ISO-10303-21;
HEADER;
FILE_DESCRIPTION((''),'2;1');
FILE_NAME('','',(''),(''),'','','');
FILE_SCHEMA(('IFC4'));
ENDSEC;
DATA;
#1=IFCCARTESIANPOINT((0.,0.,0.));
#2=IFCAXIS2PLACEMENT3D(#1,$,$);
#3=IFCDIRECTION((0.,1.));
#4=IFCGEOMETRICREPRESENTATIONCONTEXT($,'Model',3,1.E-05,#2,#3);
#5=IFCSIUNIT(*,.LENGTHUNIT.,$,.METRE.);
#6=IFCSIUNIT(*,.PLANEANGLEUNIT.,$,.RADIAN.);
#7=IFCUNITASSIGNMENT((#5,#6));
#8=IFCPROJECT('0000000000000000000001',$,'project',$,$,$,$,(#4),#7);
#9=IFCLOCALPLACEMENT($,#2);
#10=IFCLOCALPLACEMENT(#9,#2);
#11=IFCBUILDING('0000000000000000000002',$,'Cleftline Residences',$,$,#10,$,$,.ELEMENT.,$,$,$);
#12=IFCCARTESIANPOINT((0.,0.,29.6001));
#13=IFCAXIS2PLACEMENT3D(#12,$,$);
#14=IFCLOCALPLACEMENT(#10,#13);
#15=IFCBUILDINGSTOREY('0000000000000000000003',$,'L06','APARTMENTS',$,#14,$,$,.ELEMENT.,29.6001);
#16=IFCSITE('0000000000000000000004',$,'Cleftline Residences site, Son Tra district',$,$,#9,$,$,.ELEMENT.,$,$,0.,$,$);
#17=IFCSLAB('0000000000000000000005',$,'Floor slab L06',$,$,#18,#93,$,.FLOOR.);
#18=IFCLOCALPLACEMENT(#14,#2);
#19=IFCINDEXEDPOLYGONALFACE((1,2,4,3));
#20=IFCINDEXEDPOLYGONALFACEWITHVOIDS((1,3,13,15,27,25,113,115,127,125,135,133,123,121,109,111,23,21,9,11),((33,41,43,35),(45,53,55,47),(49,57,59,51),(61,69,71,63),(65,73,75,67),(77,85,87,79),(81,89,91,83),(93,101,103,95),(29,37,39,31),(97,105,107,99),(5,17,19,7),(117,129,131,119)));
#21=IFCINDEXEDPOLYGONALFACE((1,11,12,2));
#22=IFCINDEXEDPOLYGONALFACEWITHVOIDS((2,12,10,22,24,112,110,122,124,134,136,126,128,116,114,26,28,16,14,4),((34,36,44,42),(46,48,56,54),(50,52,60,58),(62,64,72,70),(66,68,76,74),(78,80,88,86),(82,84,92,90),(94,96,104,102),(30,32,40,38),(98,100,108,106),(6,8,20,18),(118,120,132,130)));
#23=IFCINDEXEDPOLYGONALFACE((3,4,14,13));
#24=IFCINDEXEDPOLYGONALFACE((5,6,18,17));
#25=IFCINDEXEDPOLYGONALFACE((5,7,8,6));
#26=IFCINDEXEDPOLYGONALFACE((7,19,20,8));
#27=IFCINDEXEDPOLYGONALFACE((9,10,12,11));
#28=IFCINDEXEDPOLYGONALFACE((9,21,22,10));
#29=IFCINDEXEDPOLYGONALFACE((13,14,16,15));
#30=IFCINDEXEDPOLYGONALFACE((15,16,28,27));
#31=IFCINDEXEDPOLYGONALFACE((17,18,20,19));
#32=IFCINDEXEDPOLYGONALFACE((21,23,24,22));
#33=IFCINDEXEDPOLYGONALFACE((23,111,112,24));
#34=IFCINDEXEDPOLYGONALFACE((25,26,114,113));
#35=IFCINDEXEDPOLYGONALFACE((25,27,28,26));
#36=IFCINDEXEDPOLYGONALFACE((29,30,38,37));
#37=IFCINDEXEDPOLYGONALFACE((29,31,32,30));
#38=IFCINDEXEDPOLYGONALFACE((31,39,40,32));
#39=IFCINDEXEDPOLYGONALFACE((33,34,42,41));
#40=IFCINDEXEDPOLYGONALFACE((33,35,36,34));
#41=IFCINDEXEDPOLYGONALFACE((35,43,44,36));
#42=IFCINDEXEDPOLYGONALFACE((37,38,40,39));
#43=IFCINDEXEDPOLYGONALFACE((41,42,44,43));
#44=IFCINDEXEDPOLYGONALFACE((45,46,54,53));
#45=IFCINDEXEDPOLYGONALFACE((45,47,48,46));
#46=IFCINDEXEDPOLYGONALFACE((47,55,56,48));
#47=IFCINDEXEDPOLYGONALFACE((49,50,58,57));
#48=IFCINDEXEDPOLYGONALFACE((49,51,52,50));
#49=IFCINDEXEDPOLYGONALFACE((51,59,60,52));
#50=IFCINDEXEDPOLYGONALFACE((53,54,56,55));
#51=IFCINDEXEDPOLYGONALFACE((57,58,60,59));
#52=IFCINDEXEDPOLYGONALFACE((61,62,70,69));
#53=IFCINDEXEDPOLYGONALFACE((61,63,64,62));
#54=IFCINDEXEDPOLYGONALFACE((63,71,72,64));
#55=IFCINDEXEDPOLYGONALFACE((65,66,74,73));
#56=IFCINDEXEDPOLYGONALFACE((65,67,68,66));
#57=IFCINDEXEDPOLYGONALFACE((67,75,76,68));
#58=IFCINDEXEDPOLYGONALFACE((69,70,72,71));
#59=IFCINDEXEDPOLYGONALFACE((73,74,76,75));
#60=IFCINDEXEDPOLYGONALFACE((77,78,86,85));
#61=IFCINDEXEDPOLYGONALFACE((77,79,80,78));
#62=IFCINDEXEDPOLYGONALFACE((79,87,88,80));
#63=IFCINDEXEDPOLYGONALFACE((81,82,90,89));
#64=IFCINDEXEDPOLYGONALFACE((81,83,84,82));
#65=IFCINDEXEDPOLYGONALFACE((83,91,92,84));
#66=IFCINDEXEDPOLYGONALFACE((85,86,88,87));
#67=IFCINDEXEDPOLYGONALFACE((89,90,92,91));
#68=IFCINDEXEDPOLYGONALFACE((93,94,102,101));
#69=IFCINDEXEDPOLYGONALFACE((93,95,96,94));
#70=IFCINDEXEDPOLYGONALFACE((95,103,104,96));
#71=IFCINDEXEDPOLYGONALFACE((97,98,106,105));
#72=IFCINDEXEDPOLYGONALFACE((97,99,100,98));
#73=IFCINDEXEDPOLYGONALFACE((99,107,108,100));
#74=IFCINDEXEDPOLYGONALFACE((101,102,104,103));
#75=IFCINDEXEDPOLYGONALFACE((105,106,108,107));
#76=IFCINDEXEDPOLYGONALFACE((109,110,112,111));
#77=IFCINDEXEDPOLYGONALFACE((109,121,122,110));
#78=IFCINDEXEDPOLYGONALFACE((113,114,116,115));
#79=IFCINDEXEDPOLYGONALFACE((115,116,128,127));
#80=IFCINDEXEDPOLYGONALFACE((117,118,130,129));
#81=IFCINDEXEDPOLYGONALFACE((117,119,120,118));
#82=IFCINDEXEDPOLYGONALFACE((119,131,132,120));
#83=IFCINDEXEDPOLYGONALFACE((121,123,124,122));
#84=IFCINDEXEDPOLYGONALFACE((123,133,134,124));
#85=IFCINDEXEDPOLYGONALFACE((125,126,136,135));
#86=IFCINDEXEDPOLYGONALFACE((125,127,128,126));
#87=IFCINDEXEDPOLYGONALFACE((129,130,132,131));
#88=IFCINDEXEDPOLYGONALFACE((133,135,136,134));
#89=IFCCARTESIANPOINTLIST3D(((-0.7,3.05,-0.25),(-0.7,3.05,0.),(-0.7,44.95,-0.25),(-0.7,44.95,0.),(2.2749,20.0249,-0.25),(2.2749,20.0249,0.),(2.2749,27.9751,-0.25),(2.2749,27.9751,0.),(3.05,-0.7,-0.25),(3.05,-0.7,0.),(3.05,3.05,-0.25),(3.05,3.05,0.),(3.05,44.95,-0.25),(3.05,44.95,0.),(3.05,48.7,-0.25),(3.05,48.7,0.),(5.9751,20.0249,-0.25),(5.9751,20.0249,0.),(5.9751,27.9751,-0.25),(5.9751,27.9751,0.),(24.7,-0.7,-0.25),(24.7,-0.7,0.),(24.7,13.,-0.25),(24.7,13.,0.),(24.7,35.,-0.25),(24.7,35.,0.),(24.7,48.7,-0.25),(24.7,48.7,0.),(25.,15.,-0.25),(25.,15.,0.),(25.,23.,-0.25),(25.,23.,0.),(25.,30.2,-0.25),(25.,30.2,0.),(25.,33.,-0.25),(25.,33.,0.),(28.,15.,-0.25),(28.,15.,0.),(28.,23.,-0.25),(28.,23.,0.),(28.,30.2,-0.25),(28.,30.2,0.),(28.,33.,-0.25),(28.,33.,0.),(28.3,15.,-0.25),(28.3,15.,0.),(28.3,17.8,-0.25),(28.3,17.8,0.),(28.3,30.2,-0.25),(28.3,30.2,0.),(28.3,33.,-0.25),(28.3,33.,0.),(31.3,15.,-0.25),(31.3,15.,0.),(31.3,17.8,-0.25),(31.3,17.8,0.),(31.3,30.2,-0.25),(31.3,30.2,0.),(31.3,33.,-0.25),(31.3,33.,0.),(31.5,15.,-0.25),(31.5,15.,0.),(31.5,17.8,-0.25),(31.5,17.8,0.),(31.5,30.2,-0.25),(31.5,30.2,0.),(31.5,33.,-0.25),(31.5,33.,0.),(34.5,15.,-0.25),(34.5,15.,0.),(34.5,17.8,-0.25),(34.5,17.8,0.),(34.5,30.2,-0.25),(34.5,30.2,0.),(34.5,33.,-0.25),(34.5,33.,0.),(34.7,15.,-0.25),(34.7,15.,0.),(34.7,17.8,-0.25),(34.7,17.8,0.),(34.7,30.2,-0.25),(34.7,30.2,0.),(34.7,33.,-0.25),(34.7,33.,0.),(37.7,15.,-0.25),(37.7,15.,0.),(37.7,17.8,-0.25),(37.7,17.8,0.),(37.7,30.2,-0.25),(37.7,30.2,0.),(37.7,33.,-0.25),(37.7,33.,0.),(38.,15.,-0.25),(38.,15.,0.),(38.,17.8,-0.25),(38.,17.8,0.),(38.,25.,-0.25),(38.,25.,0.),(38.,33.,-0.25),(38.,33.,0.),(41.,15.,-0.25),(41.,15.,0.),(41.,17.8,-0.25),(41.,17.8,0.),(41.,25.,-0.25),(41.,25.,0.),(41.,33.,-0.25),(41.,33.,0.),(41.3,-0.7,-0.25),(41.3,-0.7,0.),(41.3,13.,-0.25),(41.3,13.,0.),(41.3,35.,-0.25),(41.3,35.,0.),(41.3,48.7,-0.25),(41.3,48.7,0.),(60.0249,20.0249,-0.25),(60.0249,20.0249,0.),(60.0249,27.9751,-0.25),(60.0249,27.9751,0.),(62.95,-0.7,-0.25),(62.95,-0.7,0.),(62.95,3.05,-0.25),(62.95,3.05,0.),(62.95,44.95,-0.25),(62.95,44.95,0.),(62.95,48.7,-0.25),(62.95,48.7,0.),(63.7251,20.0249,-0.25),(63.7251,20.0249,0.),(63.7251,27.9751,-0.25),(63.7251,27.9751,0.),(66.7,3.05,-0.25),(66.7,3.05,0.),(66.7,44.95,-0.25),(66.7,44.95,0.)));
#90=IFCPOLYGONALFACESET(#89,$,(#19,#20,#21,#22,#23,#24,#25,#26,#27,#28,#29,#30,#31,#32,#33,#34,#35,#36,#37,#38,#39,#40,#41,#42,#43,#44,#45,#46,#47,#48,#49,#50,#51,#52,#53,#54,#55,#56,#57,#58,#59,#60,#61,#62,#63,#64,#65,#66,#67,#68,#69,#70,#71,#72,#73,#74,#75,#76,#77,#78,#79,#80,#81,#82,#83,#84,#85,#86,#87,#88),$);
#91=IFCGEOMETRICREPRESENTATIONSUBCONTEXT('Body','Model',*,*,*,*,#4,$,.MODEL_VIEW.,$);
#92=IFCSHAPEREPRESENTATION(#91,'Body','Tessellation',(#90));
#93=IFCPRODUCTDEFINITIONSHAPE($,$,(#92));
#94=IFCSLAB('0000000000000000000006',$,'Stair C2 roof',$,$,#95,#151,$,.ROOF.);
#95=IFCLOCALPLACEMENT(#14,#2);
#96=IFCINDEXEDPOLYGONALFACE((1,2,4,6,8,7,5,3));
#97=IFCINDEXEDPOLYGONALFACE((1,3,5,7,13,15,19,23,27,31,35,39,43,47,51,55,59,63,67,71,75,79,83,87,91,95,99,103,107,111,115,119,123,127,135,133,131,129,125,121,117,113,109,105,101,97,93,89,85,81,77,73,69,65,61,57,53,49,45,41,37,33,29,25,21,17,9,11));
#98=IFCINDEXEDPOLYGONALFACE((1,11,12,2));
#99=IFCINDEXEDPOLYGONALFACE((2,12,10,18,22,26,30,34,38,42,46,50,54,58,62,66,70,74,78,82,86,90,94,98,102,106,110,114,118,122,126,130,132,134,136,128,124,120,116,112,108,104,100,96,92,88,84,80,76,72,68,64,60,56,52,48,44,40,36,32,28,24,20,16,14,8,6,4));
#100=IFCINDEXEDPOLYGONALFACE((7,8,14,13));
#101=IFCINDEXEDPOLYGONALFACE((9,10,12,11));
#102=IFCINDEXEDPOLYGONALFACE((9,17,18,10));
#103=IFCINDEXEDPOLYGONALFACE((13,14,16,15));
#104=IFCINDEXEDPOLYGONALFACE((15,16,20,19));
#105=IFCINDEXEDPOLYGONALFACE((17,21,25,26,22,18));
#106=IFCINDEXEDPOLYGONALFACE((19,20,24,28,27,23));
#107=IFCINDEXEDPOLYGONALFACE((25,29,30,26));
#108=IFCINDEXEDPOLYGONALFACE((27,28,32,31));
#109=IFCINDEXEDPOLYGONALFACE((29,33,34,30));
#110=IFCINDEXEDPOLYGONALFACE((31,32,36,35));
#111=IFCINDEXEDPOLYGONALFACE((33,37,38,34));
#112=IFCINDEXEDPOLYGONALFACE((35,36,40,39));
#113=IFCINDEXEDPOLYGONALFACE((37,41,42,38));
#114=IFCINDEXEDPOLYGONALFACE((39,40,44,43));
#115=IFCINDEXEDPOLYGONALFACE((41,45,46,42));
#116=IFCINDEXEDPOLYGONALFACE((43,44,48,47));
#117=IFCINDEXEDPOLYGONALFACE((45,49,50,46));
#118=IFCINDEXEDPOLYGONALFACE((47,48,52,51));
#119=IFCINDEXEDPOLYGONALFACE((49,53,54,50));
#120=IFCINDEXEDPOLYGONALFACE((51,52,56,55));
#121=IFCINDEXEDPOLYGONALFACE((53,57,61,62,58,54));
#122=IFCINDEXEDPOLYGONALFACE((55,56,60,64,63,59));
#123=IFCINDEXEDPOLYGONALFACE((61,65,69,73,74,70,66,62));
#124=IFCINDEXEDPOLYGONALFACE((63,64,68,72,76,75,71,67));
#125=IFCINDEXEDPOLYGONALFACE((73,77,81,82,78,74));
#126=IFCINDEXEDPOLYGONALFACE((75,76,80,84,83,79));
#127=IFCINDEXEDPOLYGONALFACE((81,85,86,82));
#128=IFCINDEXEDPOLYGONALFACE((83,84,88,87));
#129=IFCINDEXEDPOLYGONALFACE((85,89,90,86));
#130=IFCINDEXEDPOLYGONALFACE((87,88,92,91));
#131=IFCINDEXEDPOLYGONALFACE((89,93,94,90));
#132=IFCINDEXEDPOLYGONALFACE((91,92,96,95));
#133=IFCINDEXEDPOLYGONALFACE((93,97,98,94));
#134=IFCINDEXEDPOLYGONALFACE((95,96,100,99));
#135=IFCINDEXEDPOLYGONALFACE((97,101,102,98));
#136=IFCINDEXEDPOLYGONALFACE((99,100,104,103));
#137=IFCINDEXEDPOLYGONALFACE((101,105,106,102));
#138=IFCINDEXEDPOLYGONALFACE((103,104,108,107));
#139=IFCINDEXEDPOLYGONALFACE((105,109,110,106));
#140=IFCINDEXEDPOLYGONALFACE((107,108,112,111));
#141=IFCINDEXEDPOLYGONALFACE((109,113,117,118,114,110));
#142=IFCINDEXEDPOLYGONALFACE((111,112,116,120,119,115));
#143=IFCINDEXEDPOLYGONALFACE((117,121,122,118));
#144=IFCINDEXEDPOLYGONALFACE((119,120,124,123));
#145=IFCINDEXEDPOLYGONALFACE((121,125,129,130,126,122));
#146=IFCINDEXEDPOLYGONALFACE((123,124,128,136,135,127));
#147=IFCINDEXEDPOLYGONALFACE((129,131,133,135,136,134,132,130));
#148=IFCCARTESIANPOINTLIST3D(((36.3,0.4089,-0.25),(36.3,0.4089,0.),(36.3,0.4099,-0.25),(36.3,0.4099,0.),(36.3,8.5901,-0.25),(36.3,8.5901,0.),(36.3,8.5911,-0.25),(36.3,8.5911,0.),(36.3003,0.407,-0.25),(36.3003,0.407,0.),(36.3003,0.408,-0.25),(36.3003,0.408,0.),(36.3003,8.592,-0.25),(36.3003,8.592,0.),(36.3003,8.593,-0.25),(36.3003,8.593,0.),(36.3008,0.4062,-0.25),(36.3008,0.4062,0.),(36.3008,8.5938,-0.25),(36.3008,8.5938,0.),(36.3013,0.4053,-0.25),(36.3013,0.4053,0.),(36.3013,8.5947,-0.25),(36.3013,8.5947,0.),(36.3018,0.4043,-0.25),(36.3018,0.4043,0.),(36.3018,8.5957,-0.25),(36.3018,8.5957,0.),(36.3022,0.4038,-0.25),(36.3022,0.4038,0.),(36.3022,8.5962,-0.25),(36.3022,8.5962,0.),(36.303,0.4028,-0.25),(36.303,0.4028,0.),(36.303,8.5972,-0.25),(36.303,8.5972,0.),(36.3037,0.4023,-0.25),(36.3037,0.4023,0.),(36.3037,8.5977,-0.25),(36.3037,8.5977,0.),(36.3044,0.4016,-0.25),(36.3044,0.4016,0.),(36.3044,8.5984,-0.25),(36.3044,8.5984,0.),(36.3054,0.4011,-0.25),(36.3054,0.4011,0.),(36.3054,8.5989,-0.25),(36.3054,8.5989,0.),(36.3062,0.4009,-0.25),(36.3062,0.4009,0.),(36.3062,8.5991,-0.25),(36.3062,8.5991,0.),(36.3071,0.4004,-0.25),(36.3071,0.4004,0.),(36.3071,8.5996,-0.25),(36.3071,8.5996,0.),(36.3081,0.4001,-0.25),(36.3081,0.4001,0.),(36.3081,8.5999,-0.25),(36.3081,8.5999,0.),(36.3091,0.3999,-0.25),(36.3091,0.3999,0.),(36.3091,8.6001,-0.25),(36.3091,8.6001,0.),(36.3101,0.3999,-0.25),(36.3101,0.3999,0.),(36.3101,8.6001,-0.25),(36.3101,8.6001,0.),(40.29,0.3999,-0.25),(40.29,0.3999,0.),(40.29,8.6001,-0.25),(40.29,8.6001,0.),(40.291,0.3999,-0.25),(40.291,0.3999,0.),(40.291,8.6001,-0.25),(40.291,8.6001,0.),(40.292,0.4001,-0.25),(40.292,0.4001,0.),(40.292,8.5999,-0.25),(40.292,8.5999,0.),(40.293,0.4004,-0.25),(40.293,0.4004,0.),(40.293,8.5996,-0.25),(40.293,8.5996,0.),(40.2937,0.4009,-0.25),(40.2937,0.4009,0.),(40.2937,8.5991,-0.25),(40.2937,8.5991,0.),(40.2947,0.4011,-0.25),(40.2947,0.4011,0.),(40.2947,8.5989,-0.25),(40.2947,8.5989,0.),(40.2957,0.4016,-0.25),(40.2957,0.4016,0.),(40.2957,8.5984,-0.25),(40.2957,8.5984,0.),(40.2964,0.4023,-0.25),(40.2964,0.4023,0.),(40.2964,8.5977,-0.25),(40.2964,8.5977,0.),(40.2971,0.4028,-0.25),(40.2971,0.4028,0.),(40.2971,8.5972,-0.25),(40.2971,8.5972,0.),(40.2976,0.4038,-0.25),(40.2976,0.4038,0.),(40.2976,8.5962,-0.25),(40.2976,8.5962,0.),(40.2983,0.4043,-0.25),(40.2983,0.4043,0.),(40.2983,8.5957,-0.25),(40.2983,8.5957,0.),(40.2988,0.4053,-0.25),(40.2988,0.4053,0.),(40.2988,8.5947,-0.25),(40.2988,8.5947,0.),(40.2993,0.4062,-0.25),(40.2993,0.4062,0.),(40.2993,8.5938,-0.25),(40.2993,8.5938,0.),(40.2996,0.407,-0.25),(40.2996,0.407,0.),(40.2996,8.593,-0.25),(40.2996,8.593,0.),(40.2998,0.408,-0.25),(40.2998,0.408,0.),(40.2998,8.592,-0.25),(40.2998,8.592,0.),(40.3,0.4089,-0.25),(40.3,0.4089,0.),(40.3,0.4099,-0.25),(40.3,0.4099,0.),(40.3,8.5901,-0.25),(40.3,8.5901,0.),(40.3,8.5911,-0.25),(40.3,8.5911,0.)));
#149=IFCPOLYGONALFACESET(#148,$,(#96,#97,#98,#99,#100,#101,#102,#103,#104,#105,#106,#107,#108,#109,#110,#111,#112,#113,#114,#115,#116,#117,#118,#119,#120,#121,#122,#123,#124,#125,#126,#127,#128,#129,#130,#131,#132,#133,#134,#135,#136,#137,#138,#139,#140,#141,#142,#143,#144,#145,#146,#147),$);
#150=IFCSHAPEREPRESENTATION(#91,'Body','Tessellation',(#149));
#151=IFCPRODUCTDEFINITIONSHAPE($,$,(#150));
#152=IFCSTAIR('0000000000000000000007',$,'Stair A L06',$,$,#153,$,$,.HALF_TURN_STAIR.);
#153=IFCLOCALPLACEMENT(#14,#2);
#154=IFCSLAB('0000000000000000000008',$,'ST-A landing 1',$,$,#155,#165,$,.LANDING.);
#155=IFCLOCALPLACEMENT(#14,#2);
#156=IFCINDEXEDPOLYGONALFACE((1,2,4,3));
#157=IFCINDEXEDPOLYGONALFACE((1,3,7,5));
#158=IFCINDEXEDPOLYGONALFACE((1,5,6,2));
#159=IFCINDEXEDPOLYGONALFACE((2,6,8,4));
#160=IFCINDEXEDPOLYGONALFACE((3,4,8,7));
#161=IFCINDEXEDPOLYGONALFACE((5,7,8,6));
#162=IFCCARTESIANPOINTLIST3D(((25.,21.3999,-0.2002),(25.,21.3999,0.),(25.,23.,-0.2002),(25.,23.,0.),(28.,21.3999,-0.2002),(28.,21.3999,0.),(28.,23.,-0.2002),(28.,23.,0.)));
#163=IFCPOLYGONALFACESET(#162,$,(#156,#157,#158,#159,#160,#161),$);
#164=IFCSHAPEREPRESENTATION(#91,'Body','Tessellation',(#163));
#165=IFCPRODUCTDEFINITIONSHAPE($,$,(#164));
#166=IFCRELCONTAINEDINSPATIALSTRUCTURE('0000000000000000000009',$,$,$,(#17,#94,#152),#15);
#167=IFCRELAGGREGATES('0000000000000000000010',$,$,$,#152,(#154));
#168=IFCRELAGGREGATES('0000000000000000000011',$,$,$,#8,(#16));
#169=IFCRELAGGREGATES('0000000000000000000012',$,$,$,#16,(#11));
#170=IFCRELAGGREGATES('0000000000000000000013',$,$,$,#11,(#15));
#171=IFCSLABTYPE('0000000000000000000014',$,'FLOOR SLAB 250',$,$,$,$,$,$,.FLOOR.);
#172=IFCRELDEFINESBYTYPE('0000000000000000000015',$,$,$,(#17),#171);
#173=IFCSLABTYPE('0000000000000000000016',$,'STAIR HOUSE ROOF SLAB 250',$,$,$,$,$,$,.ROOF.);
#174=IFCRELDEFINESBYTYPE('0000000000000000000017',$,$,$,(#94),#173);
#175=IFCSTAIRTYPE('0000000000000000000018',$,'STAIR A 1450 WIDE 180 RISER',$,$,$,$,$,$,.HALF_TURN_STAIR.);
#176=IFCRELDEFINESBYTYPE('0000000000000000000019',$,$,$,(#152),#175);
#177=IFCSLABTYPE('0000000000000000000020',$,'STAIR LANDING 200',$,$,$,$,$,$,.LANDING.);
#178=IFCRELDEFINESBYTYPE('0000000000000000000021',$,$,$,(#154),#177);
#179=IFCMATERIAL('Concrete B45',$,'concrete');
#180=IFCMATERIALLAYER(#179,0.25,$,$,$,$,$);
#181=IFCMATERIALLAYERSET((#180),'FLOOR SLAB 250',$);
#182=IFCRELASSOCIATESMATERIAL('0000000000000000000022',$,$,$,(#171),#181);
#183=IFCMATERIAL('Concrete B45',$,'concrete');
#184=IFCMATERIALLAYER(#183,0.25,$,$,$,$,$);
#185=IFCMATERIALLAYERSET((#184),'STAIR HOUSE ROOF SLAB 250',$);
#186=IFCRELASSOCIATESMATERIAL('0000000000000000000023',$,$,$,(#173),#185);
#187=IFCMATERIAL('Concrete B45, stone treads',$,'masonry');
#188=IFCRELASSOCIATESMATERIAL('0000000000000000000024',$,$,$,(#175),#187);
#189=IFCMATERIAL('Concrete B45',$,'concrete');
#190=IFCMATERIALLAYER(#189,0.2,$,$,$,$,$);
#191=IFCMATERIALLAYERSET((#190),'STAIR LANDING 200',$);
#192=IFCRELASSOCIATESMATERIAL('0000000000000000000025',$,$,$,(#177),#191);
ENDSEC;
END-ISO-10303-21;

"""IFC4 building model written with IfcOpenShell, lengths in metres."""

from ifc_helpers import new_model, si_unit, direction, frame, origin, place, context, subcontext, project, spatial, polyline, outline, extrude, material, layer, layer_set, type_object, element, aggregate, save


model = new_model("IFC4")

# Units and contexts
model_context = context("Model", 3, precision=1e-05, world=origin(), true_north=direction((0.0, 1.0)))
body_context = subcontext(model_context, "Body", "Model", "MODEL_VIEW")
ifc_project = project(units=[si_unit("LENGTHUNIT", "METRE"), si_unit("PLANEANGLEUNIT", "RADIAN")], contexts=[model_context])

# Site, building, storey
site_placement = place(None, origin())
site = spatial("IfcSite", under=ifc_project, at=site_placement, Name="Cleftline Residences site, Son Tra district", CompositionType="ELEMENT", RefElevation=0.0)
building_placement = place(site_placement, origin())
building = spatial("IfcBuilding", under=site, at=building_placement, Name="Cleftline Residences", CompositionType="ELEMENT")
storey_placement = place(building_placement, frame((0.0, 0.0, 29.6001)))
storey = spatial("IfcBuildingStorey", under=building, at=storey_placement, Name="L06", Description="APARTMENTS", CompositionType="ELEMENT", Elevation=29.6001)

# Slabs
ifc_material_1 = material(Name="Concrete B45", Category="concrete")
ifc_layer_1 = layer(ifc_material_1, 0.25)
ifc_layer_set_1 = layer_set([ifc_layer_1], Name="FLOOR SLAB 250")
slab_type_1 = type_object("IfcSlabType", Name="FLOOR SLAB 250", PredefinedType="FLOOR", material=ifc_layer_set_1)
slab_1_placement = place(storey_placement, frame((0.0, 0.0, -0.25)))
element("IfcSlab", 1, at=slab_1_placement, inside=storey, type_object=slab_type_1, Name="Floor slab L06", PredefinedType="FLOOR", context=body_context, shape_type="SweptSolid", body=[
    extrude(outline(polyline([(24.7, 13.0), (41.3, 13.0), (41.3, -0.7), (62.95, -0.7), (62.95, 3.05), (66.7, 3.05), (66.7, 44.95), (62.95, 44.95), (62.95, 48.7), (41.3, 48.7), (41.3, 35.0), (24.7, 35.0), (24.7, 48.7), (3.05, 48.7), (3.05, 44.95), (-0.7, 44.95), (-0.7, 3.05), (3.05, 3.05), (3.05, -0.7), (24.7, -0.7), (24.7, 13.0)]), holes=[polyline([(28.0, 15.0), (28.0, 23.0), (25.0, 23.0), (25.0, 15.0), (28.0, 15.0)]), polyline([(41.0, 25.0), (41.0, 33.0), (38.0, 33.0), (38.0, 25.0), (41.0, 25.0)]), polyline([(28.0, 30.2), (28.0, 33.0), (25.0, 33.0), (25.0, 30.2), (28.0, 30.2)]), polyline([(41.0, 15.0), (41.0, 17.8), (38.0, 17.8), (38.0, 15.0), (41.0, 15.0)]), polyline([(31.3, 15.0), (31.3, 17.8), (28.3, 17.8), (28.3, 15.0), (31.3, 15.0)]), polyline([(34.5, 15.0), (34.5, 17.8), (31.5, 17.8), (31.5, 15.0), (34.5, 15.0)]), polyline([(37.7, 15.0), (37.7, 17.8), (34.7, 17.8), (34.7, 15.0), (37.7, 15.0)]), polyline([(31.3, 30.2), (31.3, 33.0), (28.3, 33.0), (28.3, 30.2), (31.3, 30.2)]), polyline([(34.5, 30.2), (34.5, 33.0), (31.5, 33.0), (31.5, 30.2), (34.5, 30.2)]), polyline([(37.7, 30.2), (37.7, 33.0), (34.7, 33.0), (34.7, 30.2), (37.7, 30.2)]), polyline([(63.7251, 20.0249), (63.7251, 27.9751), (60.0249, 27.9751), (60.0249, 20.0249), (63.7251, 20.0249)]), polyline([(5.9751, 20.0249), (5.9751, 27.9751), (2.2749, 27.9751), (2.2749, 20.0249), (5.9751, 20.0249)])]), origin(), (0.0, 0.0, 1.0), 0.25),
])
ifc_material_2 = material(Name="Concrete B45", Category="concrete")
ifc_layer_2 = layer(ifc_material_2, 0.25)
ifc_layer_set_2 = layer_set([ifc_layer_2], Name="STAIR HOUSE ROOF SLAB 250")
slab_type_2 = type_object("IfcSlabType", Name="STAIR HOUSE ROOF SLAB 250", PredefinedType="ROOF", material=ifc_layer_set_2)
slab_2_placement = place(storey_placement, frame((0.0, 0.0, -0.25)))
element("IfcSlab", 2, at=slab_2_placement, inside=storey, type_object=slab_type_2, Name="Stair C2 roof", PredefinedType="ROOF", context=body_context, shape_type="SweptSolid", body=[
    extrude(outline(polyline([(40.29, 0.3999), (40.291, 0.3999), (40.292, 0.4001), (40.293, 0.4004), (40.2937, 0.4009), (40.2947, 0.4011), (40.2957, 0.4016), (40.2964, 0.4023), (40.2971, 0.4028), (40.2976, 0.4038), (40.2983, 0.4043), (40.2988, 0.4053), (40.2993, 0.4062), (40.2996, 0.407), (40.2998, 0.408), (40.3, 0.4089), (40.3, 0.4099), (40.3, 8.5901), (40.3, 8.5911), (40.2998, 8.592), (40.2996, 8.593), (40.2993, 8.5938), (40.2988, 8.5947), (40.2983, 8.5957), (40.2976, 8.5962), (40.2971, 8.5972), (40.2964, 8.5977), (40.2957, 8.5984), (40.2947, 8.5989), (40.2937, 8.5991), (40.293, 8.5996), (40.292, 8.5999), (40.291, 8.6001), (40.29, 8.6001), (36.3101, 8.6001), (36.3091, 8.6001), (36.3081, 8.5999), (36.3071, 8.5996), (36.3062, 8.5991), (36.3054, 8.5989), (36.3044, 8.5984), (36.3037, 8.5977), (36.303, 8.5972), (36.3022, 8.5962), (36.3018, 8.5957), (36.3013, 8.5947), (36.3008, 8.5938), (36.3003, 8.593), (36.3003, 8.592), (36.3, 8.5911), (36.3, 8.5901), (36.3, 0.4099), (36.3, 0.4089), (36.3003, 0.408), (36.3003, 0.407), (36.3008, 0.4062), (36.3013, 0.4053), (36.3018, 0.4043), (36.3022, 0.4038), (36.303, 0.4028), (36.3037, 0.4023), (36.3044, 0.4016), (36.3054, 0.4011), (36.3062, 0.4009), (36.3071, 0.4004), (36.3081, 0.4001), (36.3091, 0.3999), (36.3101, 0.3999), (40.29, 0.3999)])), origin(), (0.0, 0.0, 1.0), 0.25),
])

# Stair, slab
ifc_material_3 = material(Name="Concrete B45, stone treads", Category="masonry")
stair_type_1 = type_object("IfcStairType", Name="STAIR A 1450 WIDE 180 RISER", PredefinedType="HALF_TURN_STAIR", material=ifc_material_3)
stair_1_placement = place(storey_placement, origin())
stair_1 = element("IfcStair", 3, at=stair_1_placement, inside=storey, type_object=stair_type_1, Name="Stair A L06", PredefinedType="HALF_TURN_STAIR")
ifc_material_4 = material(Name="Concrete B45", Category="concrete")
ifc_layer_3 = layer(ifc_material_4, 0.2)
ifc_layer_set_3 = layer_set([ifc_layer_3], Name="STAIR LANDING 200")
slab_type_3 = type_object("IfcSlabType", Name="STAIR LANDING 200", PredefinedType="LANDING", material=ifc_layer_set_3)
slab_3_placement = place(storey_placement, frame((0.0, 0.0, -0.2002)))
slab_3 = element("IfcSlab", 4, at=slab_3_placement, type_object=slab_type_3, Name="ST-A landing 1", PredefinedType="LANDING", context=body_context, shape_type="SweptSolid", body=[
    extrude(outline(polyline([(25.0, 21.3999), (28.0, 21.3999), (28.0, 23.0), (25.0, 23.0), (25.0, 21.3999)])), origin(), (0.0, 0.0, 1.0), 0.2002),
])
aggregate(stair_1, [slab_3])

save(model, "model.ifc")
